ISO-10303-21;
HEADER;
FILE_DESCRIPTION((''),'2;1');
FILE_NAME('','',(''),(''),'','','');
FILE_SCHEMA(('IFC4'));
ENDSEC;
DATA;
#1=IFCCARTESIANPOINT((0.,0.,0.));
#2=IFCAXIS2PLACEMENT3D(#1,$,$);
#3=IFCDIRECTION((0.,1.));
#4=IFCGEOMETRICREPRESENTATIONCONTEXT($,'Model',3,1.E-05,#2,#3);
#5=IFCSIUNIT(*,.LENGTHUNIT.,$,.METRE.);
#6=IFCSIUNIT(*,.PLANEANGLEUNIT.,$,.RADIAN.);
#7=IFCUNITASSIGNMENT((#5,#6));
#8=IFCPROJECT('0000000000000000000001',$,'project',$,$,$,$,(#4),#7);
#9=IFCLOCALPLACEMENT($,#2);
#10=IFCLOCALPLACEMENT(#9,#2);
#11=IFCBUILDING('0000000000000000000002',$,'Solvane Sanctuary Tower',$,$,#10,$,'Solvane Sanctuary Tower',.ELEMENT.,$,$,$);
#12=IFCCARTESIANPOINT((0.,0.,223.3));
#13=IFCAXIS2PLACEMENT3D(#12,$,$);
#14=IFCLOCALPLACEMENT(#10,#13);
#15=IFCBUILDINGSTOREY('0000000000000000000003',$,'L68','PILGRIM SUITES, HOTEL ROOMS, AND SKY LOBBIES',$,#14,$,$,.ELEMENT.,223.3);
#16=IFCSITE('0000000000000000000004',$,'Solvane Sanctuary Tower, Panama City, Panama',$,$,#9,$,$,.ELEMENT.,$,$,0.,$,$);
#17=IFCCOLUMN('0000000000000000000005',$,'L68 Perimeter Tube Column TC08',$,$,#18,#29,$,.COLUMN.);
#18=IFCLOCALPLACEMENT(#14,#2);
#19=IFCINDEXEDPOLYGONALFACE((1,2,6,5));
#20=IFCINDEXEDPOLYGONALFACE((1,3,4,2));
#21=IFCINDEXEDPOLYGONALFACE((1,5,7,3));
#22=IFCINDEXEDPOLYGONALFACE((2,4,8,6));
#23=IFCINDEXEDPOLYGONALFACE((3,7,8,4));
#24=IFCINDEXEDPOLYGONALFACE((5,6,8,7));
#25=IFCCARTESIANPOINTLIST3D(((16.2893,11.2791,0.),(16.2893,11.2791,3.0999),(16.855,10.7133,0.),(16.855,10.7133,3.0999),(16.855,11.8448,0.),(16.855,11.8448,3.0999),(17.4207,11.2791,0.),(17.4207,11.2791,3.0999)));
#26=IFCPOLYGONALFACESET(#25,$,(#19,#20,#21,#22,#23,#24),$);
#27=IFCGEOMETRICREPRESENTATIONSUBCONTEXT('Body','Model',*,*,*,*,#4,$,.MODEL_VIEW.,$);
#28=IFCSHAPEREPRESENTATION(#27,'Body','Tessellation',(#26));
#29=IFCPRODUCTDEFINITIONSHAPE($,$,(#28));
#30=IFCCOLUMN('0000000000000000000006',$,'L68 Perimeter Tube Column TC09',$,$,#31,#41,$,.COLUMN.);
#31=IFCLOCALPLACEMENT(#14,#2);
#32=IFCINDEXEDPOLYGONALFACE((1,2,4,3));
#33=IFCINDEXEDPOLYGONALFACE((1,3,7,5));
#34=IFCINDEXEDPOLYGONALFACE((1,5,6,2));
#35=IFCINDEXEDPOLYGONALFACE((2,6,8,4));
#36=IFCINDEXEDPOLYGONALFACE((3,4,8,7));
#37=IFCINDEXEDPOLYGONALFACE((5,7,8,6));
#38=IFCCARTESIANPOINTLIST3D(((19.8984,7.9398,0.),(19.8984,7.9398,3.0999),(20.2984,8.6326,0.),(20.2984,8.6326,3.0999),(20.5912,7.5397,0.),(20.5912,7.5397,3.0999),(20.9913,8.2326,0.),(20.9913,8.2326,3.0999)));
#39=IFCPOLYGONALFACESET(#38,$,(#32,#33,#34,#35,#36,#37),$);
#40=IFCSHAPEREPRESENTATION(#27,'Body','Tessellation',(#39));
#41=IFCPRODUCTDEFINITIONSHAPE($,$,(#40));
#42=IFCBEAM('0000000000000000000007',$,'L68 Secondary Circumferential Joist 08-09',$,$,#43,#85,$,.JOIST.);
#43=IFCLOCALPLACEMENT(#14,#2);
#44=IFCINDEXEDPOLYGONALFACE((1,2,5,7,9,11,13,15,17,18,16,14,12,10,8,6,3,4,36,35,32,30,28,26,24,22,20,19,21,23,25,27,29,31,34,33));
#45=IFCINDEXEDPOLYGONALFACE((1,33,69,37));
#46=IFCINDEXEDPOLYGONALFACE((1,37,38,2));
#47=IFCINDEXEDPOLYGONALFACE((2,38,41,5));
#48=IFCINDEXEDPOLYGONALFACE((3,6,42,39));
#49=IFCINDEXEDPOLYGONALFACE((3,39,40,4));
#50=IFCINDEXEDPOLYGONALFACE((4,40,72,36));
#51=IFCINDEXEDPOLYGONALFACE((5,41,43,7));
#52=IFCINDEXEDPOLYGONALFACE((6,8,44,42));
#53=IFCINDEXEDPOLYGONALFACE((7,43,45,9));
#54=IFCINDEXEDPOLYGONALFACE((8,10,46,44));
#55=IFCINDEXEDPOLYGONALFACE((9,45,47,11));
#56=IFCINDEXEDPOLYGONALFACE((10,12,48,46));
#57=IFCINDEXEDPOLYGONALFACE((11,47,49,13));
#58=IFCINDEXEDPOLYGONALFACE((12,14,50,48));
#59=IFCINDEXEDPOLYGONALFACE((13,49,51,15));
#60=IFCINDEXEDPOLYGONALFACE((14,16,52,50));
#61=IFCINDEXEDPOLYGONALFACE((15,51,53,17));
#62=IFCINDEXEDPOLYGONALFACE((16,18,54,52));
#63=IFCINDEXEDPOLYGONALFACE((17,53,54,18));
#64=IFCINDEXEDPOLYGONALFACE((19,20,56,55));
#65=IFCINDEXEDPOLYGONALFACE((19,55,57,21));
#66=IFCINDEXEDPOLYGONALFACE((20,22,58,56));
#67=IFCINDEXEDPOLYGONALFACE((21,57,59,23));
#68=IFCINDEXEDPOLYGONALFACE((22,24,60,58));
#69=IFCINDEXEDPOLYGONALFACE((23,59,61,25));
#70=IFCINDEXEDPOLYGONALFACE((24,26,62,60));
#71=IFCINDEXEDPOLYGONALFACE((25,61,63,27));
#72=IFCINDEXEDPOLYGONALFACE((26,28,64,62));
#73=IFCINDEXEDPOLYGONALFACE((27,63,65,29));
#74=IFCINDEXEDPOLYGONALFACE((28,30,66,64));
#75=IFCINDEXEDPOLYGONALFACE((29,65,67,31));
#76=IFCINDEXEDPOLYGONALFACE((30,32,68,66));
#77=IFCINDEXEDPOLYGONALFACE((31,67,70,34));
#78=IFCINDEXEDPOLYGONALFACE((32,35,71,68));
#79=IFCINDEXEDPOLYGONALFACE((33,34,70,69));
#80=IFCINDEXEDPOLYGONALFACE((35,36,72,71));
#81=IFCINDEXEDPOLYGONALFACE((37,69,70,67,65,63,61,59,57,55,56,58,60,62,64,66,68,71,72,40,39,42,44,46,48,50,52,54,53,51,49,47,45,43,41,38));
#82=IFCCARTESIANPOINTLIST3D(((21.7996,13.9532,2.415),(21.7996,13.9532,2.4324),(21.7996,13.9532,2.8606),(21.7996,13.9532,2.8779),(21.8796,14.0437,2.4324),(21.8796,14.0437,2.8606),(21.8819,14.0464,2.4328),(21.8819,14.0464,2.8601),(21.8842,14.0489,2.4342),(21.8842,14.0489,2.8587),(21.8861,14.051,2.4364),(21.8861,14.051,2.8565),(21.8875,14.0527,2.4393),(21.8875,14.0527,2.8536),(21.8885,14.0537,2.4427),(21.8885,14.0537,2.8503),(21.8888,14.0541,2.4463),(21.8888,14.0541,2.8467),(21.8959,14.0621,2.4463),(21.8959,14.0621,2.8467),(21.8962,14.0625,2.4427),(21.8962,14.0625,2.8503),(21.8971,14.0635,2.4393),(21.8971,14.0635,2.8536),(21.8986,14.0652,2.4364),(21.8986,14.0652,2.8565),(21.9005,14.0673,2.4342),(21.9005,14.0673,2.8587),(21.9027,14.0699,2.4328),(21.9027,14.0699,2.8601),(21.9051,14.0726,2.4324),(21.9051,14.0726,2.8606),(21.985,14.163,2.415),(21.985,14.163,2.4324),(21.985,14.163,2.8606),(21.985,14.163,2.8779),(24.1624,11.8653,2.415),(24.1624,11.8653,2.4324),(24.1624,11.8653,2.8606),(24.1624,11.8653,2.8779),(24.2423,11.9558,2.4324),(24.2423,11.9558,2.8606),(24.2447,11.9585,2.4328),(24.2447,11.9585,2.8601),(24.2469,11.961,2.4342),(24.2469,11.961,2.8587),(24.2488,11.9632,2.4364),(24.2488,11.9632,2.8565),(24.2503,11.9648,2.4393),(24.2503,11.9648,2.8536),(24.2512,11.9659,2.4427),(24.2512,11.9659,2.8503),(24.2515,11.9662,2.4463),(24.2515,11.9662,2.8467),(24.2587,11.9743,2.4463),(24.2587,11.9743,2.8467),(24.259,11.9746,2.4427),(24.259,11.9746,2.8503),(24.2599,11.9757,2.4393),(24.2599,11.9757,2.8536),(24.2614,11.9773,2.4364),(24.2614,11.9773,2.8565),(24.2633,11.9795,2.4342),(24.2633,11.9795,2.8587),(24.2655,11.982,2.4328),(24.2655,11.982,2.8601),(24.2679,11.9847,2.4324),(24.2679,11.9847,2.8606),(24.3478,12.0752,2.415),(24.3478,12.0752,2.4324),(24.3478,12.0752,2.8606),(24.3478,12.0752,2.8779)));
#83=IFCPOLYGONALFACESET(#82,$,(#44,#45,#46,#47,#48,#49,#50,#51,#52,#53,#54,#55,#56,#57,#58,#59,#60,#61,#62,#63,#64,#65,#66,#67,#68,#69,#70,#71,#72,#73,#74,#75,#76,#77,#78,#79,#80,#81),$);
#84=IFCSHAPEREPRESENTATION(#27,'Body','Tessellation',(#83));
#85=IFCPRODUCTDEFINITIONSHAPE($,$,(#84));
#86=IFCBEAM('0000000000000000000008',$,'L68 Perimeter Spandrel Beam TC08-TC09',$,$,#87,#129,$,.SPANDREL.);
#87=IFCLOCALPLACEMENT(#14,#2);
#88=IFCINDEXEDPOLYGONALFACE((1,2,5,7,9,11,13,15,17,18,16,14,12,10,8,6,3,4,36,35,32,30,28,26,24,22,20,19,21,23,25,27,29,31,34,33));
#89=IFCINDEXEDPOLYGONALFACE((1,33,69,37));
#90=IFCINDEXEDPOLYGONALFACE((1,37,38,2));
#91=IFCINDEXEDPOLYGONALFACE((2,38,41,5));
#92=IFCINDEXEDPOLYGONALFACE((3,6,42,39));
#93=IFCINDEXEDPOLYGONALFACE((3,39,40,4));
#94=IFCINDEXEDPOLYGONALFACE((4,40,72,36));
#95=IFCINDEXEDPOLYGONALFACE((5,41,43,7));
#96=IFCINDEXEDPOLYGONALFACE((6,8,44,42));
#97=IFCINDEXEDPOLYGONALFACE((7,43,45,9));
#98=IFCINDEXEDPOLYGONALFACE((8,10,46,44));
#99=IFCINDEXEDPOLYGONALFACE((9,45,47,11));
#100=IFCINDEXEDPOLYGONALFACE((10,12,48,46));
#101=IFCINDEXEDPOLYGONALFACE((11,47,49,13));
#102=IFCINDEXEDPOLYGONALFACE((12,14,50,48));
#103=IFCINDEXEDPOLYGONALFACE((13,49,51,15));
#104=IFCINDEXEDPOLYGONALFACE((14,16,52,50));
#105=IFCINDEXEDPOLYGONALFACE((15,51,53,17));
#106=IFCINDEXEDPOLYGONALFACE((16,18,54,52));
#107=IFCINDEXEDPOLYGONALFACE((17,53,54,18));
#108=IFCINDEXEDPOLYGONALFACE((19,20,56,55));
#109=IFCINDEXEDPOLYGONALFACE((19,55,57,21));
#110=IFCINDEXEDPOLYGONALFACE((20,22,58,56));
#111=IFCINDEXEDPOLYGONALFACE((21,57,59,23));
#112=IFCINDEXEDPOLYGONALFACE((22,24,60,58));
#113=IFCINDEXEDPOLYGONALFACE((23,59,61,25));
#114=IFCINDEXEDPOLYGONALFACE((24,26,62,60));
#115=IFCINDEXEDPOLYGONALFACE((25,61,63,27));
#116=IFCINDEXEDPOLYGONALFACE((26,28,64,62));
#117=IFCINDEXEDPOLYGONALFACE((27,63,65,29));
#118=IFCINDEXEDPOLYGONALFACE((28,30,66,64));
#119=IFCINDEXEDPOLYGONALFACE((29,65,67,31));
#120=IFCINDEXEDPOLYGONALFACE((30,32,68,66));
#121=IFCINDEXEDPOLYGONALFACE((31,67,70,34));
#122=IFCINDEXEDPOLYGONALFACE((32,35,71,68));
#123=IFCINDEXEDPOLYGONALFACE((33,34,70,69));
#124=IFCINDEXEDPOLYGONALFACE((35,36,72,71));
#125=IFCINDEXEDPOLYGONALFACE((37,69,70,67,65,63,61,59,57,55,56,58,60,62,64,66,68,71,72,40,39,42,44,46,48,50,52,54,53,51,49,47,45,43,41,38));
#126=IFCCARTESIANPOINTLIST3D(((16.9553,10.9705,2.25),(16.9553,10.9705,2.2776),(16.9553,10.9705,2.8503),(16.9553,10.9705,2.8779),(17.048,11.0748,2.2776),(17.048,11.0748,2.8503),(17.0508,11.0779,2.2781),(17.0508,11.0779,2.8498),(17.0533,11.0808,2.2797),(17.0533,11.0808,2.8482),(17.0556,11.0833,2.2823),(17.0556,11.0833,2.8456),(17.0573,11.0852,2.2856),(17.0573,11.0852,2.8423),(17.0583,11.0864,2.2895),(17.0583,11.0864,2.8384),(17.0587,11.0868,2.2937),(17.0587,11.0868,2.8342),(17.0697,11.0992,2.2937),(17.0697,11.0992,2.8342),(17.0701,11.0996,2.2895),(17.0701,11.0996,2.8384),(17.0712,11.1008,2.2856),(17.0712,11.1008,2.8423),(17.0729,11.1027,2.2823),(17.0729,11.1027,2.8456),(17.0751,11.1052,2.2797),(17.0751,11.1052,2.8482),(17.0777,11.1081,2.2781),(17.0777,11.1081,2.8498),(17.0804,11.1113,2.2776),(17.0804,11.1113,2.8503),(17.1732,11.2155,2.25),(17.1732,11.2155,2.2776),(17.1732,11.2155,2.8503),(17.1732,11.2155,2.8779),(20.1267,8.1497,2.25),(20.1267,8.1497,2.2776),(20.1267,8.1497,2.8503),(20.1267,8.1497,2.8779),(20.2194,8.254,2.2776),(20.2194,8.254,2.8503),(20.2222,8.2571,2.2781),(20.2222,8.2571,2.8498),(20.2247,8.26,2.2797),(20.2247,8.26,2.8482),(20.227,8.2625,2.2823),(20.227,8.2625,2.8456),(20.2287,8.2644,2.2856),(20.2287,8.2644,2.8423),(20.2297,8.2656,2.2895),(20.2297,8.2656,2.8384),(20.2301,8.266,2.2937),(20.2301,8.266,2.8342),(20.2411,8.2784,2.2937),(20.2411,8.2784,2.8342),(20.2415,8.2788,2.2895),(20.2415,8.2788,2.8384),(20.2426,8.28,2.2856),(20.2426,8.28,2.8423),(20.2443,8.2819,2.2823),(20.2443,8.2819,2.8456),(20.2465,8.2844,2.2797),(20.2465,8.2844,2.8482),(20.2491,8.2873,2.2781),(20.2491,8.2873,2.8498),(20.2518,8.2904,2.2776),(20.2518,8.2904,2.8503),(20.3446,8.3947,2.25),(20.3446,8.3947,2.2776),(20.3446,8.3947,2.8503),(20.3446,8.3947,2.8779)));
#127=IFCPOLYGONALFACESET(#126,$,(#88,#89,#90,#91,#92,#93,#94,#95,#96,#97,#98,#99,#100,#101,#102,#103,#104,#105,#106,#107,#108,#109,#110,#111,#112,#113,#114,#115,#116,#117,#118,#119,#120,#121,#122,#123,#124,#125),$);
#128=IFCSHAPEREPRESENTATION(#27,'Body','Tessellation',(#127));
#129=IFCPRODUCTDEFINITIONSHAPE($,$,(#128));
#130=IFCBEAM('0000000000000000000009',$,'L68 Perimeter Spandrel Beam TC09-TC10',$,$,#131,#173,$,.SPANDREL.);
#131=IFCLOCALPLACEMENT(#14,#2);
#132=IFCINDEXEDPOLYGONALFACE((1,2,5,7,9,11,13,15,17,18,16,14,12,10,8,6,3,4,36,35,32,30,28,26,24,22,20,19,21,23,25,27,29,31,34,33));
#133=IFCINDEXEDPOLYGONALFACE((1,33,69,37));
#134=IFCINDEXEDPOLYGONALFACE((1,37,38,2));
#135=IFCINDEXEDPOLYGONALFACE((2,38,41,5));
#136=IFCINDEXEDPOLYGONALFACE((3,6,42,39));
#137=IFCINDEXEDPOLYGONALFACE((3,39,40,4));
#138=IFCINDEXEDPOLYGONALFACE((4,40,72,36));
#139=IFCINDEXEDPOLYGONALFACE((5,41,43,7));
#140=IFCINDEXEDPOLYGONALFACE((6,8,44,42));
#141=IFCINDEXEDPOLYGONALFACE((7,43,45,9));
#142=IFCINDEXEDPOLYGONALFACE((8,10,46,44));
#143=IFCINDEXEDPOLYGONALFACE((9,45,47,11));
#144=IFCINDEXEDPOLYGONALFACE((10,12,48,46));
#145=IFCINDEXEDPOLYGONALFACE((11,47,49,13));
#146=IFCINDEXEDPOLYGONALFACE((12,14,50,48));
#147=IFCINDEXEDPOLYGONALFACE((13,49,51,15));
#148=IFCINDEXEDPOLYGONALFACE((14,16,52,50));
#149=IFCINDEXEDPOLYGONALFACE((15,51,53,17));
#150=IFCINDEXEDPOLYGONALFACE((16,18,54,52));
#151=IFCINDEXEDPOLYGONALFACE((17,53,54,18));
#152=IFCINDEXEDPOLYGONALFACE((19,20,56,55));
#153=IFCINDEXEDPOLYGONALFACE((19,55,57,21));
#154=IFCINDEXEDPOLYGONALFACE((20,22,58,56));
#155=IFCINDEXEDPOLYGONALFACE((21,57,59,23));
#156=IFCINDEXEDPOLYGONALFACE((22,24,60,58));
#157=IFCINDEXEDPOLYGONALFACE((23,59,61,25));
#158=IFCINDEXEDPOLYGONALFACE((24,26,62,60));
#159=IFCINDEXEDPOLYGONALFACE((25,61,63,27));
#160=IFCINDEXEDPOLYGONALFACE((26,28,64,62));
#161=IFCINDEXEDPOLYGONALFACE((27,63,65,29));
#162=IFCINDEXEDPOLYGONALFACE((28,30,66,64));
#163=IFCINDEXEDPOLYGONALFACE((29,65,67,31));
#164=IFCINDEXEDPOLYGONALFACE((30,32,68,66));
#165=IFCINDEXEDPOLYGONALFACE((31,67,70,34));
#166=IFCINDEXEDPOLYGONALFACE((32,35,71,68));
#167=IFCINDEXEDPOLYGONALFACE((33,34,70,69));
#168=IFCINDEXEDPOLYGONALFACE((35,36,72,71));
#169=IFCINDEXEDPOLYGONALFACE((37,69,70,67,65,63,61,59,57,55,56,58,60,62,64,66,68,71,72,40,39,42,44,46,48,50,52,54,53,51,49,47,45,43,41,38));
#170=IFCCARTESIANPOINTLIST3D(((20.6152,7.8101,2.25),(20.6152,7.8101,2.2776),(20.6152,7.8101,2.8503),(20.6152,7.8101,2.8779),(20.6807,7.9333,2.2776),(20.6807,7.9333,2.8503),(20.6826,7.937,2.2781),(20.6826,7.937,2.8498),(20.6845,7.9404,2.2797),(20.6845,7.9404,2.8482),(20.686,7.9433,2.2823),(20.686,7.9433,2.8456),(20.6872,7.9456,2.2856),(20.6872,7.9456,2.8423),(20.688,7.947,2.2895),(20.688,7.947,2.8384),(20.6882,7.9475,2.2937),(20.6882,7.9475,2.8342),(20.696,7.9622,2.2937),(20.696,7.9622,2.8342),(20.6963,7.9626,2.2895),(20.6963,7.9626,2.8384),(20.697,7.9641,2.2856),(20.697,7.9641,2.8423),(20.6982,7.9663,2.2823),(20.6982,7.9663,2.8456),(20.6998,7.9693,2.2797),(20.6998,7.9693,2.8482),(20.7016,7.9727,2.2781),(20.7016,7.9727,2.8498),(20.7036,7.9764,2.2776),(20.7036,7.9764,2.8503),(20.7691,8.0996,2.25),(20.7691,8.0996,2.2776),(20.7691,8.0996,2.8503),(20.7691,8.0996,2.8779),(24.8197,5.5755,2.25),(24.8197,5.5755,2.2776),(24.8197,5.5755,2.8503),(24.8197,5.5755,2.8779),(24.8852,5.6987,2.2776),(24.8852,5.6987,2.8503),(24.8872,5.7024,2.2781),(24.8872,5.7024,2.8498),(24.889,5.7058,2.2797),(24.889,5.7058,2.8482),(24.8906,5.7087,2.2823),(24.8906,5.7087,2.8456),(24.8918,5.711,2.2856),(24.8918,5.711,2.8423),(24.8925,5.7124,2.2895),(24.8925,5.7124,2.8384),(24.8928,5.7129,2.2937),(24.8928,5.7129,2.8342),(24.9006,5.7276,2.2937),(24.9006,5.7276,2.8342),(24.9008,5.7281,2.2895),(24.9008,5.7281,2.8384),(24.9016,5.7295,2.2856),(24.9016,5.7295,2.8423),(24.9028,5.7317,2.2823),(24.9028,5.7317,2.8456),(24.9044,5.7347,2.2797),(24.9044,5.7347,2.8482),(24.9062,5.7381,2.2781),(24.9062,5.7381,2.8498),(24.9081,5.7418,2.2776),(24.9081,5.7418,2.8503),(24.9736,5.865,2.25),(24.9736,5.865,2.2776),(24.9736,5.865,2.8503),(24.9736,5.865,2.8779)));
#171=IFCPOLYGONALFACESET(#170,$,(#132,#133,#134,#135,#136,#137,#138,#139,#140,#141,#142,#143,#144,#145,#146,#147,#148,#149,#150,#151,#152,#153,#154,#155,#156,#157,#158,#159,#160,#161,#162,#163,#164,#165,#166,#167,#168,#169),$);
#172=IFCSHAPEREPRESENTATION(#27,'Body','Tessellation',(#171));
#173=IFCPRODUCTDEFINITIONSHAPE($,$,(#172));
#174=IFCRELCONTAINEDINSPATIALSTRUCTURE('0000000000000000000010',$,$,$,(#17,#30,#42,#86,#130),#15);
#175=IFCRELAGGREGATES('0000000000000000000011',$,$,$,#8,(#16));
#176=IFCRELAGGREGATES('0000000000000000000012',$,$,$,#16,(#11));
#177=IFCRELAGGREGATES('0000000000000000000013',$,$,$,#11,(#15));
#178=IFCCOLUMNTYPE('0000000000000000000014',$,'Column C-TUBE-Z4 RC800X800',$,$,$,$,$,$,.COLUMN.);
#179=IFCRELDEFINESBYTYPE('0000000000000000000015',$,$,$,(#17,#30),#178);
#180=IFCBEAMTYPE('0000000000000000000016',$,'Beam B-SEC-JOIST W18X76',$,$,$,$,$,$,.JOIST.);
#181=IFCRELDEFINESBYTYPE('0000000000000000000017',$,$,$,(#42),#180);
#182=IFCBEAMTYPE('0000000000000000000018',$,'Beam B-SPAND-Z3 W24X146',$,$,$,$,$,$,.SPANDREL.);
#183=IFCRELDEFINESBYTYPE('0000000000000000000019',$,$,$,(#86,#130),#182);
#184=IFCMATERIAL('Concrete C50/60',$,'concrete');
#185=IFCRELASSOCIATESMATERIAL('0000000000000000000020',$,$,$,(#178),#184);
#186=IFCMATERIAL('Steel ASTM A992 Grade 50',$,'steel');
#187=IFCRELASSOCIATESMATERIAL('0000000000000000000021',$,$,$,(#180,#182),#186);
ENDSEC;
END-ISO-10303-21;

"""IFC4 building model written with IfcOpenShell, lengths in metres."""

from ifc_helpers import new_model, si_unit, direction, frame, origin, origin_2d, place, context, subcontext, project, spatial, rectangle, i_section, extrude, material, material_profile, profile_set, type_object, element, save


model = new_model("IFC4")

# Units and contexts
model_context = context("Model", 3, precision=1e-05, world=origin(), true_north=direction((0.0, 1.0)))
body_context = subcontext(model_context, "Body", "Model", "MODEL_VIEW")
ifc_project = project(units=[si_unit("LENGTHUNIT", "METRE"), si_unit("PLANEANGLEUNIT", "RADIAN")], contexts=[model_context])

# Site, building, storey
site_placement = place(None, origin())
site = spatial("IfcSite", under=ifc_project, at=site_placement, Name="Solvane Sanctuary Tower, Panama City, Panama", CompositionType="ELEMENT", RefElevation=0.0)
building_placement = place(site_placement, origin())
building = spatial("IfcBuilding", under=site, at=building_placement, Name="Solvane Sanctuary Tower", LongName="Solvane Sanctuary Tower", CompositionType="ELEMENT")
storey_placement = place(building_placement, frame((0.0, 0.0, 223.3)))
storey = spatial("IfcBuildingStorey", under=building, at=storey_placement, Name="L68", Description="PILGRIM SUITES, HOTEL ROOMS, AND SKY LOBBIES", CompositionType="ELEMENT", Elevation=223.3)

# Columns
ifc_material_1 = material(Name="Concrete C50/60", Category="concrete")
ifc_material_profile_1 = material_profile(ifc_material_1, rectangle(XDim=0.8, YDim=0.8, at=origin_2d()), Name="RC800X800")
ifc_profile_set_1 = profile_set([ifc_material_profile_1], Name="Concrete C50/60")
column_type = type_object("IfcColumnType", Name="Column C-TUBE-Z4 RC800X800", PredefinedType="COLUMN", material=ifc_profile_set_1)
for number, where, z_axis, x_axis, name in (
    (1, (16.855, 11.2791, 0.0), (0.0, 0.0, 1.0), (-0.707107, -0.707107, 0.0), "L68 Perimeter Tube Column TC08"),
    (2, (20.4448, 8.0862, 0.0), (0.0, 0.0, 1.0), (-0.5, -0.866025, 0.0), "L68 Perimeter Tube Column TC09"),
):
    element("IfcColumn", number, at=place(storey_placement, frame(where, z_axis=z_axis, x_axis=x_axis)), inside=storey, type_object=column_type, Name=name, PredefinedType="COLUMN", context=body_context, shape_type="SweptSolid", body=[
        extrude(rectangle(XDim=0.8, YDim=0.8, at=origin_2d()), origin(), (0.0, 0.0, 1.0), 3.0999),
    ])

# Beams
ifc_material_2 = material(Name="Steel ASTM A992 Grade 50", Category="steel")
ifc_material_profile_2 = material_profile(ifc_material_2, i_section(OverallWidth=0.28, OverallDepth=0.4629, WebThickness=0.0107, FlangeThickness=0.0173, FilletRadius=0.0139, at=origin_2d()), Name="W18X76")
ifc_profile_set_2 = profile_set([ifc_material_profile_2], Name="Steel ASTM A992 Grade 50")
beam_type_1 = type_object("IfcBeamType", Name="Beam B-SEC-JOIST W18X76", PredefinedType="JOIST", material=ifc_profile_set_2)
beam_1_placement = place(storey_placement, frame((21.8923, 14.0581, 2.6465), z_axis=(0.749354, -0.662169, 0.0), x_axis=(0.662169, 0.749354, 0.0)))
element("IfcBeam", 3, at=beam_1_placement, inside=storey, type_object=beam_type_1, Name="L68 Secondary Circumferential Joist 08-09", PredefinedType="JOIST", context=body_context, shape_type="SweptSolid", body=[
    extrude(i_section(OverallWidth=0.28, OverallDepth=0.4629, WebThickness=0.0107, FlangeThickness=0.0173, FilletRadius=0.0139, at=origin_2d()), origin(), (0.0, 0.0, 1.0), 3.1531),
])
ifc_material_profile_3 = material_profile(ifc_material_2, i_section(OverallWidth=0.3279, OverallDepth=0.6279, WebThickness=0.0166, FlangeThickness=0.0276, FilletRadius=0.0161, at=origin_2d()), Name="W24X146")
ifc_profile_set_3 = profile_set([ifc_material_profile_3], Name="Steel ASTM A992 Grade 50")
beam_type_2 = type_object("IfcBeamType", Name="Beam B-SPAND-Z3 W24X146", PredefinedType="SPANDREL", material=ifc_profile_set_3)
beam_2_placement = place(storey_placement, frame((17.0642, 11.093, 2.564), z_axis=(0.7472, -0.664599, 0.0), x_axis=(0.664599, 0.7472, 0.0)))
element("IfcBeam", 4, at=beam_2_placement, inside=storey, type_object=beam_type_2, Name="L68 Perimeter Spandrel Beam TC08-TC09", PredefinedType="SPANDREL", context=body_context, shape_type="SweptSolid", body=[
    extrude(i_section(OverallWidth=0.3279, OverallDepth=0.6279, WebThickness=0.0166, FlangeThickness=0.0276, FilletRadius=0.0161, at=origin_2d()), origin(), (0.0, 0.0, 1.0), 4.2444),
])
beam_3_placement = place(storey_placement, frame((20.6921, 7.9548, 2.564), z_axis=(0.883035, -0.469308, 0.0), x_axis=(0.469308, 0.883035, 0.0)))
element("IfcBeam", 5, at=beam_3_placement, inside=storey, type_object=beam_type_2, Name="L68 Perimeter Spandrel Beam TC09-TC10", PredefinedType="SPANDREL", context=body_context, shape_type="SweptSolid", body=[
    extrude(i_section(OverallWidth=0.3279, OverallDepth=0.6279, WebThickness=0.0166, FlangeThickness=0.0276, FilletRadius=0.0161, at=origin_2d()), origin(), (0.0, 0.0, 1.0), 4.7615),
])

save(model, "model.ifc")
